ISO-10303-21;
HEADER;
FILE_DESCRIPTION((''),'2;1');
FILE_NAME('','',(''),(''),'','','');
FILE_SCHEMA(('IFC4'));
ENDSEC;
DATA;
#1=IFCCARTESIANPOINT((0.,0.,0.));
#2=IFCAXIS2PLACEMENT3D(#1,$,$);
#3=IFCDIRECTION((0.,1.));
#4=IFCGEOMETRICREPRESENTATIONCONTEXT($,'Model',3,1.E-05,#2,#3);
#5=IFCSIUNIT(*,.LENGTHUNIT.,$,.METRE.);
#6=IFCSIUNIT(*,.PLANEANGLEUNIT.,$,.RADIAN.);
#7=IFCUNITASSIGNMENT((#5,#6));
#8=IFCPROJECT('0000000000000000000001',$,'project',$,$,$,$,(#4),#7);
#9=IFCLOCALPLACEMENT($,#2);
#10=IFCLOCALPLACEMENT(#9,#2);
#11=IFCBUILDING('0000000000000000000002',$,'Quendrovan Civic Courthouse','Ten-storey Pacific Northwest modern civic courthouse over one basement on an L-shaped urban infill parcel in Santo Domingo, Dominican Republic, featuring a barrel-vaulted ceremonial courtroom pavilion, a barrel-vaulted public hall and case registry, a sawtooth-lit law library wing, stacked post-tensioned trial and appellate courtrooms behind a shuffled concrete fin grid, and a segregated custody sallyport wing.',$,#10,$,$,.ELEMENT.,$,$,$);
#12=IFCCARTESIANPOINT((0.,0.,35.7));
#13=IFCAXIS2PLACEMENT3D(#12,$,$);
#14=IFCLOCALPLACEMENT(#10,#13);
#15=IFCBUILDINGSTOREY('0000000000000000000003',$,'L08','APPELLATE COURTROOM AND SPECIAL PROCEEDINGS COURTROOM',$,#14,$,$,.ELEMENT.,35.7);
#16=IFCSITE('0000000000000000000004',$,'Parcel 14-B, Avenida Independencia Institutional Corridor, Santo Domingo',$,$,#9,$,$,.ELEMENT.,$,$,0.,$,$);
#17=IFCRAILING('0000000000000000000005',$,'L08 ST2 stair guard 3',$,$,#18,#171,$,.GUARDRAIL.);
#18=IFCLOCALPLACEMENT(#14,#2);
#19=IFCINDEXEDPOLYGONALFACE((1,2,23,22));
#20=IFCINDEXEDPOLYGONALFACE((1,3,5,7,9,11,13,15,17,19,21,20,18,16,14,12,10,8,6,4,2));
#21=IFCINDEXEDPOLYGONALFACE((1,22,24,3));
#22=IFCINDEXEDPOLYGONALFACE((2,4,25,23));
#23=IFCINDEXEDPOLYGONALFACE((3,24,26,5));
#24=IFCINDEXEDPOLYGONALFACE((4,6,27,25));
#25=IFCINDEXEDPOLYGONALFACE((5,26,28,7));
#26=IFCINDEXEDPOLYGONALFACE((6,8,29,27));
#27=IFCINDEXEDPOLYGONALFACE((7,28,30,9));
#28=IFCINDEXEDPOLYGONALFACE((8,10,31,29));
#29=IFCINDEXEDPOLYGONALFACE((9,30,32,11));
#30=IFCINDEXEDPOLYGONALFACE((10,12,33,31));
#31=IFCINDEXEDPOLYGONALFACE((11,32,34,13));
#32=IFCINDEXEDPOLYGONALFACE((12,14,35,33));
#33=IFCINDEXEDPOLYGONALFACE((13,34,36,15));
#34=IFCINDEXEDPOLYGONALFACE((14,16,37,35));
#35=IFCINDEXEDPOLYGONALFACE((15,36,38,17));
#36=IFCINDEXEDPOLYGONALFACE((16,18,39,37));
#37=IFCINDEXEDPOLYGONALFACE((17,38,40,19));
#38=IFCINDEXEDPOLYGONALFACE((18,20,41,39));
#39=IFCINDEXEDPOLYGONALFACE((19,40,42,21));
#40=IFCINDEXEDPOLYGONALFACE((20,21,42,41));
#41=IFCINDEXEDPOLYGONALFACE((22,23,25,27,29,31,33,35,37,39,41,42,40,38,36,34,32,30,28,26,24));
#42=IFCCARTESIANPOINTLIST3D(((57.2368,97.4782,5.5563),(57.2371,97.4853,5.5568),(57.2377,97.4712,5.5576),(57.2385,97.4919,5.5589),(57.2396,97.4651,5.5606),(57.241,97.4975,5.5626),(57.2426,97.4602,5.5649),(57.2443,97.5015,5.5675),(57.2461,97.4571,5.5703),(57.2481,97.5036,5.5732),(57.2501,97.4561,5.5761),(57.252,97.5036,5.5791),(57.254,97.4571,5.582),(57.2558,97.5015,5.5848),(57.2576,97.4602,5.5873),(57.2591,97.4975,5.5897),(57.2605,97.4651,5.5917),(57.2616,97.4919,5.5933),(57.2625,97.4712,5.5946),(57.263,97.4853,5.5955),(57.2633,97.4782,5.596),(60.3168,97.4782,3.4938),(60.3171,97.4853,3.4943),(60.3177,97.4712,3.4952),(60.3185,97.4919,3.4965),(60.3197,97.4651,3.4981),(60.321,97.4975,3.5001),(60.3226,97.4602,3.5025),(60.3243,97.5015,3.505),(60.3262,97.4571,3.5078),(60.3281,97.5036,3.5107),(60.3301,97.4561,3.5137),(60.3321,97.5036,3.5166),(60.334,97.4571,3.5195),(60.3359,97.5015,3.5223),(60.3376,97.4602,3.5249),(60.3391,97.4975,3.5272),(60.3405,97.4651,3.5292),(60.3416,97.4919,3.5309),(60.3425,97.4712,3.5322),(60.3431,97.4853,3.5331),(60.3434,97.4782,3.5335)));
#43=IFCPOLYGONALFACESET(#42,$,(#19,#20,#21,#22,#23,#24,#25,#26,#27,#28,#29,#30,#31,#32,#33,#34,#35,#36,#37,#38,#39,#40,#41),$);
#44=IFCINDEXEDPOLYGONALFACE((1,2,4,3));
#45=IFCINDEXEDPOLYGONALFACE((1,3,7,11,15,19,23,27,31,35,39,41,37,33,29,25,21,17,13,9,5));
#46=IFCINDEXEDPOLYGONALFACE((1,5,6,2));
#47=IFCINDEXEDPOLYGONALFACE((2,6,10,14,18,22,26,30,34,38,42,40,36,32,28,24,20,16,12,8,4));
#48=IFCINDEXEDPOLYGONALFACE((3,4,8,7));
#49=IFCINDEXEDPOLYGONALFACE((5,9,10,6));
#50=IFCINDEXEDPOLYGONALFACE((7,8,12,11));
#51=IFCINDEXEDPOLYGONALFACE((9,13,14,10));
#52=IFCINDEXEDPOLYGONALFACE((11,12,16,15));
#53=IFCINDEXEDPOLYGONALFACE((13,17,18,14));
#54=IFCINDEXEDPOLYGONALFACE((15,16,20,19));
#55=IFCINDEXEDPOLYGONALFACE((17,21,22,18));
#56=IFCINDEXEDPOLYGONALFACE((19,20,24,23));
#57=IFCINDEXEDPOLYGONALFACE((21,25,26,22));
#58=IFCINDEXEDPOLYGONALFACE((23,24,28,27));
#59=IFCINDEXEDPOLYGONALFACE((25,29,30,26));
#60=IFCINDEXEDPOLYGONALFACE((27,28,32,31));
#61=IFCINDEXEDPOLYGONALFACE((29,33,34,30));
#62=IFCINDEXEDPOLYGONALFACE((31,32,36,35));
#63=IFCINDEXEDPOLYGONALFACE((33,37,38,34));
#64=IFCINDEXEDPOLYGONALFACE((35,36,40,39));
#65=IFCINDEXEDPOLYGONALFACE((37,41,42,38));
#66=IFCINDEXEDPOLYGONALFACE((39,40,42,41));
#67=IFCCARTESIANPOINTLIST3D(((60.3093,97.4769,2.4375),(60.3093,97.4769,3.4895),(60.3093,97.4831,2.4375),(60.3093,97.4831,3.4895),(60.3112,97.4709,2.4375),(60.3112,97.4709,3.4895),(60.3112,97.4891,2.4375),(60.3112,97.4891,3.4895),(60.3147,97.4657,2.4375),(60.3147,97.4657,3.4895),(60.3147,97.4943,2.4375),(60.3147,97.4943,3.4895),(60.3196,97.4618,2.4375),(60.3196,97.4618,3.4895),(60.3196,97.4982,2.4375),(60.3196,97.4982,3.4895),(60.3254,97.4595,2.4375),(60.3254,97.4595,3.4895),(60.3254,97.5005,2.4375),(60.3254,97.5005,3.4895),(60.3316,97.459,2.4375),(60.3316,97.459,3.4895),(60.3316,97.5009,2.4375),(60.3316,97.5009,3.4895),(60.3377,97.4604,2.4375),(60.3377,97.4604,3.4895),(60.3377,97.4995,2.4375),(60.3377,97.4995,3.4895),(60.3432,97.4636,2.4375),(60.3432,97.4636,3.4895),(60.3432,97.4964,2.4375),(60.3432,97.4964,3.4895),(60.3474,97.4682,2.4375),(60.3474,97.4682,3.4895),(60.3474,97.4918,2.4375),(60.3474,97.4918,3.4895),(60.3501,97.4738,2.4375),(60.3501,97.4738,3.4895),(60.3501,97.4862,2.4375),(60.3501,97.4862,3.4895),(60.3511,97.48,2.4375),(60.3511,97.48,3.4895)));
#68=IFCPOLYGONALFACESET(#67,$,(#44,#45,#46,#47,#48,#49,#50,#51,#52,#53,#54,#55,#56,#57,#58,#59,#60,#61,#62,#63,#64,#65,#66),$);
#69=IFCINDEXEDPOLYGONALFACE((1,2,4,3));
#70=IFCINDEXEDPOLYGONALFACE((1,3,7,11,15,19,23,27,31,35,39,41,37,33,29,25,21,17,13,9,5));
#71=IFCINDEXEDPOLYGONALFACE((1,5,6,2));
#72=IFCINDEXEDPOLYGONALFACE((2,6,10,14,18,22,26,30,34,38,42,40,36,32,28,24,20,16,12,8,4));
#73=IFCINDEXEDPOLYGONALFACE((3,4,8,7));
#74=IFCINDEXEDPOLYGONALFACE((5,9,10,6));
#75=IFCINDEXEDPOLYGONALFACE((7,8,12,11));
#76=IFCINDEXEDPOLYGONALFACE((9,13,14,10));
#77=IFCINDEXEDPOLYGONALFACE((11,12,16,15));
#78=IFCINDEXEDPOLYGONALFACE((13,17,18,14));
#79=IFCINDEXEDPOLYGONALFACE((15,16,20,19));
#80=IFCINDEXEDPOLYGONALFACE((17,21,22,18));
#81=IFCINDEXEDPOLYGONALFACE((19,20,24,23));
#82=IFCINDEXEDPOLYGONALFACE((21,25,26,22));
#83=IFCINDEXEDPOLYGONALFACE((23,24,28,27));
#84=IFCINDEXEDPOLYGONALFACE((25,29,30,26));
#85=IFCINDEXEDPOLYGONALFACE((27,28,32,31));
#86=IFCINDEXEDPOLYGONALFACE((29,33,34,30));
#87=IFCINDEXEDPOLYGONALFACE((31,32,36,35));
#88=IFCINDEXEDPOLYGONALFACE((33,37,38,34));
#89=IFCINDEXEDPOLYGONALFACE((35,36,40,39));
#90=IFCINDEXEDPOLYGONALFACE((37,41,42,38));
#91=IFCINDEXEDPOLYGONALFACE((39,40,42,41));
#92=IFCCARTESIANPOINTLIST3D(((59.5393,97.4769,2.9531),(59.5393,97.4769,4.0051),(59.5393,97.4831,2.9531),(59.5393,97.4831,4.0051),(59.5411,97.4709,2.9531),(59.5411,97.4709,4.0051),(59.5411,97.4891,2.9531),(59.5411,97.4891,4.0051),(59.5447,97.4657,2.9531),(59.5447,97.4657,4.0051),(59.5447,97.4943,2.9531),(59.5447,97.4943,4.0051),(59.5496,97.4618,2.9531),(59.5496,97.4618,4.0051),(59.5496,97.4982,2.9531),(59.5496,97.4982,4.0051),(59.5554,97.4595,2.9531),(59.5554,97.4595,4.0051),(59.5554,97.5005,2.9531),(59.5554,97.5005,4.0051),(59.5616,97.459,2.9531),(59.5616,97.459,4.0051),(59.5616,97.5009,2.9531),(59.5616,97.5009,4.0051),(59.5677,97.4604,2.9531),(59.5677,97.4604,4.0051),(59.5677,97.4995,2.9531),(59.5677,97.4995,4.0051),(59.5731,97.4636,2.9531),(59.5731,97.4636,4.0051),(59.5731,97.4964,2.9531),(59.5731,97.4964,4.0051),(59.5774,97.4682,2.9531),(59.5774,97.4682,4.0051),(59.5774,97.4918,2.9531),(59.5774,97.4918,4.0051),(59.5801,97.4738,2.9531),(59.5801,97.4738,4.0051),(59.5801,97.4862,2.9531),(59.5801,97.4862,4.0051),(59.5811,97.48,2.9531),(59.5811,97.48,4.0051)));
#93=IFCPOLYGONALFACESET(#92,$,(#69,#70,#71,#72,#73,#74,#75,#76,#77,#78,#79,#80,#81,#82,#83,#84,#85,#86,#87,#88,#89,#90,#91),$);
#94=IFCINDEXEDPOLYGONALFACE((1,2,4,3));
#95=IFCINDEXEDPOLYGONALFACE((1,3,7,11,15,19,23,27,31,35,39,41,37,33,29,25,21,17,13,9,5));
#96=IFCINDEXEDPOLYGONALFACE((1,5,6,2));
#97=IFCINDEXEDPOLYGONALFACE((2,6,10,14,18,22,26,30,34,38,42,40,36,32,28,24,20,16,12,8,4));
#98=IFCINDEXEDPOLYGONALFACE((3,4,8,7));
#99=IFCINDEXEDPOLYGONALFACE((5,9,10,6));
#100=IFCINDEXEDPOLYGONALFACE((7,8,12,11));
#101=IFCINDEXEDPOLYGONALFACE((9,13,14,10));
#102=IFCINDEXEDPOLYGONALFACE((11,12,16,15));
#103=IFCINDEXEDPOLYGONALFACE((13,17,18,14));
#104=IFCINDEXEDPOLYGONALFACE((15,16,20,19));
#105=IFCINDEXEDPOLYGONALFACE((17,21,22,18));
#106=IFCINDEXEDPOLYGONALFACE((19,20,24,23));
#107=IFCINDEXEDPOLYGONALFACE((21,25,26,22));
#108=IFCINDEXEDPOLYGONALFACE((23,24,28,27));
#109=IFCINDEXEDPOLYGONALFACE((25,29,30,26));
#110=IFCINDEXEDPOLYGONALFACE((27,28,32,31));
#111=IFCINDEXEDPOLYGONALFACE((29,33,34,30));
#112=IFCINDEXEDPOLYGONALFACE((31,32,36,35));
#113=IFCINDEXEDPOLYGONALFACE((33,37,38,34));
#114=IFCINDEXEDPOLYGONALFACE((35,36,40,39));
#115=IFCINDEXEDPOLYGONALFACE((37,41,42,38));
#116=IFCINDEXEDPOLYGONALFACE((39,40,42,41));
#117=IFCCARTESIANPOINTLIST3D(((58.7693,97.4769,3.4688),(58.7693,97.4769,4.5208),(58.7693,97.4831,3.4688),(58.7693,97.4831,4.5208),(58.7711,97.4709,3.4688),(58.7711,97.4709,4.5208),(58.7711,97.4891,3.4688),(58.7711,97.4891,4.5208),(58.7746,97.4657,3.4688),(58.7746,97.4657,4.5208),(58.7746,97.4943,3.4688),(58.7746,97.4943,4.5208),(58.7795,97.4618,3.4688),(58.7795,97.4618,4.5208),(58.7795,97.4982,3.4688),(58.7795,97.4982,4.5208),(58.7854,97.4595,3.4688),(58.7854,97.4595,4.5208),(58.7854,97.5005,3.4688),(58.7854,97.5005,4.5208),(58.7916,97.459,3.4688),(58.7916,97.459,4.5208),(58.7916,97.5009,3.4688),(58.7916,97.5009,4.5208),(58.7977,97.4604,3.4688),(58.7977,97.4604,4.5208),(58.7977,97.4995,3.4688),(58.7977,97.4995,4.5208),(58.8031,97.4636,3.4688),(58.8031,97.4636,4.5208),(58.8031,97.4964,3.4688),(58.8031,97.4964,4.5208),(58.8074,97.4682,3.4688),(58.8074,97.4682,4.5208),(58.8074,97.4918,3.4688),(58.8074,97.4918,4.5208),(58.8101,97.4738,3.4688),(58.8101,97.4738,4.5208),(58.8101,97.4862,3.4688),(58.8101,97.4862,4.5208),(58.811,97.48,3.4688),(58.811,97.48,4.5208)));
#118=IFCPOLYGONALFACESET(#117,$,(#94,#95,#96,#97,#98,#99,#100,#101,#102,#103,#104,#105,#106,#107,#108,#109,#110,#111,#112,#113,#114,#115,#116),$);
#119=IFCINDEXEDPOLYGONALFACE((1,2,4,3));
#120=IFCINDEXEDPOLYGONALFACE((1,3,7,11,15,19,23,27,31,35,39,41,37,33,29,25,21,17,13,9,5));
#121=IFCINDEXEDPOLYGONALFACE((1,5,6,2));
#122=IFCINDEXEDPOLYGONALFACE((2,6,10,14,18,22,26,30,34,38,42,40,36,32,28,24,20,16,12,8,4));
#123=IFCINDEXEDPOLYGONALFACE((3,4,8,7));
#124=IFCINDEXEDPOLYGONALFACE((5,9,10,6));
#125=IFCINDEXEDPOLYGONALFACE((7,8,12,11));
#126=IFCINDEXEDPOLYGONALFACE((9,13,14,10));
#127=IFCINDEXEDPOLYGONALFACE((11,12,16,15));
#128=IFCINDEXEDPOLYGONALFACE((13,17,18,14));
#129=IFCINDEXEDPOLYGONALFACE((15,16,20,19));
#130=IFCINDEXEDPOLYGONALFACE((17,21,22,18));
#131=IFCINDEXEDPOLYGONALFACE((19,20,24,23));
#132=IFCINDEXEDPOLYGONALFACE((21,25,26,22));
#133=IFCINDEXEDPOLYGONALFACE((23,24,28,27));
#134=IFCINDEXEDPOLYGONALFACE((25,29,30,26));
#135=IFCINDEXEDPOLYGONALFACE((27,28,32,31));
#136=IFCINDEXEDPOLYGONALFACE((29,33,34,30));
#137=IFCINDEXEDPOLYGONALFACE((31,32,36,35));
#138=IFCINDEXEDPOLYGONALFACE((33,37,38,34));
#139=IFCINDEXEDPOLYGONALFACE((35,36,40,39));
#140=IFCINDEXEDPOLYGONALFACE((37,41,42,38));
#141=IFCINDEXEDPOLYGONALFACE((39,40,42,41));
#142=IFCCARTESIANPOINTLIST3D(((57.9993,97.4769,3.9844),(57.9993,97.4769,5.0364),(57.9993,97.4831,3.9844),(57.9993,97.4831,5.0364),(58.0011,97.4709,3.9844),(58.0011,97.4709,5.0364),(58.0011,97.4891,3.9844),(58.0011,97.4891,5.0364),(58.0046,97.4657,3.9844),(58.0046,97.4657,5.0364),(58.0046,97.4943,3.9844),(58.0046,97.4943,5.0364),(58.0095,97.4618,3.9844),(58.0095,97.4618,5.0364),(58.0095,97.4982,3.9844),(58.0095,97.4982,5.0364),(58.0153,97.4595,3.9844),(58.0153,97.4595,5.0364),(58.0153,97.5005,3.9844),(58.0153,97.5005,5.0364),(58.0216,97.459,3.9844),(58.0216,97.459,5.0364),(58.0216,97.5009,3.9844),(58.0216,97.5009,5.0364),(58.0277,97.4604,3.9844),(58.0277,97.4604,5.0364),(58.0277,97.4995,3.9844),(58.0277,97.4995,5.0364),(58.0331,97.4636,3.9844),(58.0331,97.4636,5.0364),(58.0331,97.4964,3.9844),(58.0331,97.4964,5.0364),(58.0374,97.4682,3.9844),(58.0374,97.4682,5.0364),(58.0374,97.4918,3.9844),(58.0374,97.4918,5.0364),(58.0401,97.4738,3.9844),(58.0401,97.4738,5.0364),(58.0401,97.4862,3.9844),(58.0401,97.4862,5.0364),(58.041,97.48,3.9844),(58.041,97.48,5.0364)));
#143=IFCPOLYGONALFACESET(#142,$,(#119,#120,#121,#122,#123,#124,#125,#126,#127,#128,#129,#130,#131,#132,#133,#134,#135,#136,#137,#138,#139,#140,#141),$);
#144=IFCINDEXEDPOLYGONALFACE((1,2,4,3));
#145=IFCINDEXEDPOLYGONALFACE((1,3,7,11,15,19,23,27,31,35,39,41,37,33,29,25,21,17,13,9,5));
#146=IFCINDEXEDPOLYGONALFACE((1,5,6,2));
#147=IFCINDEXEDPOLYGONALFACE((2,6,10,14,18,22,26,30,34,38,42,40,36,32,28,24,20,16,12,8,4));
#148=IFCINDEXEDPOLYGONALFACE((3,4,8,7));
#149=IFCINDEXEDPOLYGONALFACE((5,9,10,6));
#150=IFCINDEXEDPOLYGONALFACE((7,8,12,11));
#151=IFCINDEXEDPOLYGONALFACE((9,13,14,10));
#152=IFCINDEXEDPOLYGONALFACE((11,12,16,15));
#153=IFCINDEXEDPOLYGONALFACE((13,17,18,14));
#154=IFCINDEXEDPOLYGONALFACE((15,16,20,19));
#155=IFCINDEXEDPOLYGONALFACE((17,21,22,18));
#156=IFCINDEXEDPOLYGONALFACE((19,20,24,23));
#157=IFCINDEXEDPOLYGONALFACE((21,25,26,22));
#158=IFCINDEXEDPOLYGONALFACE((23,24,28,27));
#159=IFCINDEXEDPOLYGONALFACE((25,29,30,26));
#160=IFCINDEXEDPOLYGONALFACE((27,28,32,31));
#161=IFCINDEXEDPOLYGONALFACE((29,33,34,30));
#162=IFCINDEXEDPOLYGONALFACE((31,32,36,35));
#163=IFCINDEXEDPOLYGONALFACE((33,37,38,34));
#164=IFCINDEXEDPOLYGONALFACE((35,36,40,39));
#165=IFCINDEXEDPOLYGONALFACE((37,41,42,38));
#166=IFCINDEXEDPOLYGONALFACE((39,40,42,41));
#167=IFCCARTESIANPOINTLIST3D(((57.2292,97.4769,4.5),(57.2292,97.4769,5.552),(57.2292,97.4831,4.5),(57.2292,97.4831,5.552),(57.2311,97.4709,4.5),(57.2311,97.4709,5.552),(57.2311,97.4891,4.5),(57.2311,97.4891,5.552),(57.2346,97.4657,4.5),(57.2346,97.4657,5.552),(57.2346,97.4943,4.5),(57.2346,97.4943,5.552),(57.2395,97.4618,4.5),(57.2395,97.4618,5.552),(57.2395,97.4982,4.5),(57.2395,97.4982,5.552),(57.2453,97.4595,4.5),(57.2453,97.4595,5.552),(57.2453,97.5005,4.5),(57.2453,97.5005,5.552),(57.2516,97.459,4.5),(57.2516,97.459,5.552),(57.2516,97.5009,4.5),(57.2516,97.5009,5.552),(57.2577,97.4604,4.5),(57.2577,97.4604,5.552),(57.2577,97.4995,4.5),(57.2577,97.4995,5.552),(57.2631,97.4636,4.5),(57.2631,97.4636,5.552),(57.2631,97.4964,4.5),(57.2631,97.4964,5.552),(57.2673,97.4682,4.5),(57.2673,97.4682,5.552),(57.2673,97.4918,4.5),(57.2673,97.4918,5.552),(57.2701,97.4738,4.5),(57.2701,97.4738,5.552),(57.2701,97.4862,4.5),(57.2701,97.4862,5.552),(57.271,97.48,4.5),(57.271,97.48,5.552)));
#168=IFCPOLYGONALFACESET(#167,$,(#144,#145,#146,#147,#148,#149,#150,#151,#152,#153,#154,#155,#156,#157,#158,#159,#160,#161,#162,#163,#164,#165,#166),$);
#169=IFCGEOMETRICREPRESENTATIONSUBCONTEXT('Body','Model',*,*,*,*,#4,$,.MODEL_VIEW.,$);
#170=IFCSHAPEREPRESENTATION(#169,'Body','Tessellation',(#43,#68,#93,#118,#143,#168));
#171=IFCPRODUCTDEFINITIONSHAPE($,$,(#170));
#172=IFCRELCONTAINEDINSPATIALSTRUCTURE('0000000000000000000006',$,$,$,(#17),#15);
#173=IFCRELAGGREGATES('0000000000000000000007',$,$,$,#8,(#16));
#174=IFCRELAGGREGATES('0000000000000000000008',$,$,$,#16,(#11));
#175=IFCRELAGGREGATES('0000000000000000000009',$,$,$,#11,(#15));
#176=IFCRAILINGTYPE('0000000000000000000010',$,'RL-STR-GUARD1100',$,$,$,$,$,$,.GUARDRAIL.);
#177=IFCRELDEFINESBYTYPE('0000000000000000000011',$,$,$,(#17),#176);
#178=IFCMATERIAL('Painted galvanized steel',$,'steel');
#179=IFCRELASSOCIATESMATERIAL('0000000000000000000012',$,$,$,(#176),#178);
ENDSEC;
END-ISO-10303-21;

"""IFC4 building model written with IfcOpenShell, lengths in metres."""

from ifc_helpers import new_model, si_unit, direction, frame, origin, origin_2d, place, context, subcontext, project, spatial, circle, extrude, material, type_object, element, save


model = new_model("IFC4")

# Units and contexts
model_context = context("Model", 3, precision=1e-05, world=origin(), true_north=direction((0.0, 1.0)))
body_context = subcontext(model_context, "Body", "Model", "MODEL_VIEW")
ifc_project = project(units=[si_unit("LENGTHUNIT", "METRE"), si_unit("PLANEANGLEUNIT", "RADIAN")], contexts=[model_context])

# Site, building, storey
site_placement = place(None, origin())
site = spatial("IfcSite", under=ifc_project, at=site_placement, Name="Parcel 14-B, Avenida Independencia Institutional Corridor, Santo Domingo", CompositionType="ELEMENT", RefElevation=0.0)
building_placement = place(site_placement, origin())
building = spatial("IfcBuilding", under=site, at=building_placement, Name="Quendrovan Civic Courthouse", Description="Ten-storey Pacific Northwest modern civic courthouse over one basement on an L-shaped urban infill parcel in Santo Domingo, Dominican Republic, featuring a barrel-vaulted ceremonial courtroom pavilion, a barrel-vaulted public hall and case registry, a sawtooth-lit law library wing, stacked post-tensioned trial and appellate courtrooms behind a shuffled concrete fin grid, and a segregated custody sallyport wing.", CompositionType="ELEMENT")
storey_placement = place(building_placement, frame((0.0, 0.0, 35.7)))
storey = spatial("IfcBuildingStorey", under=building, at=storey_placement, Name="L08", Description="APPELLATE COURTROOM AND SPECIAL PROCEEDINGS COURTROOM", CompositionType="ELEMENT", Elevation=35.7)

# Railing
ifc_material_1 = material(Name="Painted galvanized steel", Category="steel")
railing_type_1 = type_object("IfcRailingType", Name="RL-STR-GUARD1100", PredefinedType="GUARDRAIL", material=ifc_material_1)
railing_1_placement = place(storey_placement, frame((60.3301, 97.48, 2.4375)))
element("IfcRailing", 1, at=railing_1_placement, inside=storey, type_object=railing_type_1, Name="L08 ST2 stair guard 3", PredefinedType="GUARDRAIL", context=body_context, shape_type="SweptSolid", body=[
    extrude(circle(Radius=0.0239, at=origin_2d()), frame((0.0, 0.0, 1.0762), z_axis=(-0.830914, 0.0, 0.556401), x_axis=(0.0, -1.0, 0.0)), (0.0, 0.0, 1.0), 3.7068),
    extrude(circle(Radius=0.021, at=origin_2d()), origin(), (0.0, 0.0, 1.0), 1.052),
    extrude(circle(Radius=0.021, at=origin_2d()), frame((-0.77, 0.0, 0.5156)), (0.0, 0.0, 1.0), 1.052),
    extrude(circle(Radius=0.021, at=origin_2d()), frame((-1.54, 0.0, 1.0312)), (0.0, 0.0, 1.0), 1.052),
    extrude(circle(Radius=0.021, at=origin_2d()), frame((-2.3101, 0.0, 1.5469)), (0.0, 0.0, 1.0), 1.052),
    extrude(circle(Radius=0.021, at=origin_2d()), frame((-3.0801, 0.0, 2.0625)), (0.0, 0.0, 1.0), 1.052),
])

save(model, "model.ifc")
